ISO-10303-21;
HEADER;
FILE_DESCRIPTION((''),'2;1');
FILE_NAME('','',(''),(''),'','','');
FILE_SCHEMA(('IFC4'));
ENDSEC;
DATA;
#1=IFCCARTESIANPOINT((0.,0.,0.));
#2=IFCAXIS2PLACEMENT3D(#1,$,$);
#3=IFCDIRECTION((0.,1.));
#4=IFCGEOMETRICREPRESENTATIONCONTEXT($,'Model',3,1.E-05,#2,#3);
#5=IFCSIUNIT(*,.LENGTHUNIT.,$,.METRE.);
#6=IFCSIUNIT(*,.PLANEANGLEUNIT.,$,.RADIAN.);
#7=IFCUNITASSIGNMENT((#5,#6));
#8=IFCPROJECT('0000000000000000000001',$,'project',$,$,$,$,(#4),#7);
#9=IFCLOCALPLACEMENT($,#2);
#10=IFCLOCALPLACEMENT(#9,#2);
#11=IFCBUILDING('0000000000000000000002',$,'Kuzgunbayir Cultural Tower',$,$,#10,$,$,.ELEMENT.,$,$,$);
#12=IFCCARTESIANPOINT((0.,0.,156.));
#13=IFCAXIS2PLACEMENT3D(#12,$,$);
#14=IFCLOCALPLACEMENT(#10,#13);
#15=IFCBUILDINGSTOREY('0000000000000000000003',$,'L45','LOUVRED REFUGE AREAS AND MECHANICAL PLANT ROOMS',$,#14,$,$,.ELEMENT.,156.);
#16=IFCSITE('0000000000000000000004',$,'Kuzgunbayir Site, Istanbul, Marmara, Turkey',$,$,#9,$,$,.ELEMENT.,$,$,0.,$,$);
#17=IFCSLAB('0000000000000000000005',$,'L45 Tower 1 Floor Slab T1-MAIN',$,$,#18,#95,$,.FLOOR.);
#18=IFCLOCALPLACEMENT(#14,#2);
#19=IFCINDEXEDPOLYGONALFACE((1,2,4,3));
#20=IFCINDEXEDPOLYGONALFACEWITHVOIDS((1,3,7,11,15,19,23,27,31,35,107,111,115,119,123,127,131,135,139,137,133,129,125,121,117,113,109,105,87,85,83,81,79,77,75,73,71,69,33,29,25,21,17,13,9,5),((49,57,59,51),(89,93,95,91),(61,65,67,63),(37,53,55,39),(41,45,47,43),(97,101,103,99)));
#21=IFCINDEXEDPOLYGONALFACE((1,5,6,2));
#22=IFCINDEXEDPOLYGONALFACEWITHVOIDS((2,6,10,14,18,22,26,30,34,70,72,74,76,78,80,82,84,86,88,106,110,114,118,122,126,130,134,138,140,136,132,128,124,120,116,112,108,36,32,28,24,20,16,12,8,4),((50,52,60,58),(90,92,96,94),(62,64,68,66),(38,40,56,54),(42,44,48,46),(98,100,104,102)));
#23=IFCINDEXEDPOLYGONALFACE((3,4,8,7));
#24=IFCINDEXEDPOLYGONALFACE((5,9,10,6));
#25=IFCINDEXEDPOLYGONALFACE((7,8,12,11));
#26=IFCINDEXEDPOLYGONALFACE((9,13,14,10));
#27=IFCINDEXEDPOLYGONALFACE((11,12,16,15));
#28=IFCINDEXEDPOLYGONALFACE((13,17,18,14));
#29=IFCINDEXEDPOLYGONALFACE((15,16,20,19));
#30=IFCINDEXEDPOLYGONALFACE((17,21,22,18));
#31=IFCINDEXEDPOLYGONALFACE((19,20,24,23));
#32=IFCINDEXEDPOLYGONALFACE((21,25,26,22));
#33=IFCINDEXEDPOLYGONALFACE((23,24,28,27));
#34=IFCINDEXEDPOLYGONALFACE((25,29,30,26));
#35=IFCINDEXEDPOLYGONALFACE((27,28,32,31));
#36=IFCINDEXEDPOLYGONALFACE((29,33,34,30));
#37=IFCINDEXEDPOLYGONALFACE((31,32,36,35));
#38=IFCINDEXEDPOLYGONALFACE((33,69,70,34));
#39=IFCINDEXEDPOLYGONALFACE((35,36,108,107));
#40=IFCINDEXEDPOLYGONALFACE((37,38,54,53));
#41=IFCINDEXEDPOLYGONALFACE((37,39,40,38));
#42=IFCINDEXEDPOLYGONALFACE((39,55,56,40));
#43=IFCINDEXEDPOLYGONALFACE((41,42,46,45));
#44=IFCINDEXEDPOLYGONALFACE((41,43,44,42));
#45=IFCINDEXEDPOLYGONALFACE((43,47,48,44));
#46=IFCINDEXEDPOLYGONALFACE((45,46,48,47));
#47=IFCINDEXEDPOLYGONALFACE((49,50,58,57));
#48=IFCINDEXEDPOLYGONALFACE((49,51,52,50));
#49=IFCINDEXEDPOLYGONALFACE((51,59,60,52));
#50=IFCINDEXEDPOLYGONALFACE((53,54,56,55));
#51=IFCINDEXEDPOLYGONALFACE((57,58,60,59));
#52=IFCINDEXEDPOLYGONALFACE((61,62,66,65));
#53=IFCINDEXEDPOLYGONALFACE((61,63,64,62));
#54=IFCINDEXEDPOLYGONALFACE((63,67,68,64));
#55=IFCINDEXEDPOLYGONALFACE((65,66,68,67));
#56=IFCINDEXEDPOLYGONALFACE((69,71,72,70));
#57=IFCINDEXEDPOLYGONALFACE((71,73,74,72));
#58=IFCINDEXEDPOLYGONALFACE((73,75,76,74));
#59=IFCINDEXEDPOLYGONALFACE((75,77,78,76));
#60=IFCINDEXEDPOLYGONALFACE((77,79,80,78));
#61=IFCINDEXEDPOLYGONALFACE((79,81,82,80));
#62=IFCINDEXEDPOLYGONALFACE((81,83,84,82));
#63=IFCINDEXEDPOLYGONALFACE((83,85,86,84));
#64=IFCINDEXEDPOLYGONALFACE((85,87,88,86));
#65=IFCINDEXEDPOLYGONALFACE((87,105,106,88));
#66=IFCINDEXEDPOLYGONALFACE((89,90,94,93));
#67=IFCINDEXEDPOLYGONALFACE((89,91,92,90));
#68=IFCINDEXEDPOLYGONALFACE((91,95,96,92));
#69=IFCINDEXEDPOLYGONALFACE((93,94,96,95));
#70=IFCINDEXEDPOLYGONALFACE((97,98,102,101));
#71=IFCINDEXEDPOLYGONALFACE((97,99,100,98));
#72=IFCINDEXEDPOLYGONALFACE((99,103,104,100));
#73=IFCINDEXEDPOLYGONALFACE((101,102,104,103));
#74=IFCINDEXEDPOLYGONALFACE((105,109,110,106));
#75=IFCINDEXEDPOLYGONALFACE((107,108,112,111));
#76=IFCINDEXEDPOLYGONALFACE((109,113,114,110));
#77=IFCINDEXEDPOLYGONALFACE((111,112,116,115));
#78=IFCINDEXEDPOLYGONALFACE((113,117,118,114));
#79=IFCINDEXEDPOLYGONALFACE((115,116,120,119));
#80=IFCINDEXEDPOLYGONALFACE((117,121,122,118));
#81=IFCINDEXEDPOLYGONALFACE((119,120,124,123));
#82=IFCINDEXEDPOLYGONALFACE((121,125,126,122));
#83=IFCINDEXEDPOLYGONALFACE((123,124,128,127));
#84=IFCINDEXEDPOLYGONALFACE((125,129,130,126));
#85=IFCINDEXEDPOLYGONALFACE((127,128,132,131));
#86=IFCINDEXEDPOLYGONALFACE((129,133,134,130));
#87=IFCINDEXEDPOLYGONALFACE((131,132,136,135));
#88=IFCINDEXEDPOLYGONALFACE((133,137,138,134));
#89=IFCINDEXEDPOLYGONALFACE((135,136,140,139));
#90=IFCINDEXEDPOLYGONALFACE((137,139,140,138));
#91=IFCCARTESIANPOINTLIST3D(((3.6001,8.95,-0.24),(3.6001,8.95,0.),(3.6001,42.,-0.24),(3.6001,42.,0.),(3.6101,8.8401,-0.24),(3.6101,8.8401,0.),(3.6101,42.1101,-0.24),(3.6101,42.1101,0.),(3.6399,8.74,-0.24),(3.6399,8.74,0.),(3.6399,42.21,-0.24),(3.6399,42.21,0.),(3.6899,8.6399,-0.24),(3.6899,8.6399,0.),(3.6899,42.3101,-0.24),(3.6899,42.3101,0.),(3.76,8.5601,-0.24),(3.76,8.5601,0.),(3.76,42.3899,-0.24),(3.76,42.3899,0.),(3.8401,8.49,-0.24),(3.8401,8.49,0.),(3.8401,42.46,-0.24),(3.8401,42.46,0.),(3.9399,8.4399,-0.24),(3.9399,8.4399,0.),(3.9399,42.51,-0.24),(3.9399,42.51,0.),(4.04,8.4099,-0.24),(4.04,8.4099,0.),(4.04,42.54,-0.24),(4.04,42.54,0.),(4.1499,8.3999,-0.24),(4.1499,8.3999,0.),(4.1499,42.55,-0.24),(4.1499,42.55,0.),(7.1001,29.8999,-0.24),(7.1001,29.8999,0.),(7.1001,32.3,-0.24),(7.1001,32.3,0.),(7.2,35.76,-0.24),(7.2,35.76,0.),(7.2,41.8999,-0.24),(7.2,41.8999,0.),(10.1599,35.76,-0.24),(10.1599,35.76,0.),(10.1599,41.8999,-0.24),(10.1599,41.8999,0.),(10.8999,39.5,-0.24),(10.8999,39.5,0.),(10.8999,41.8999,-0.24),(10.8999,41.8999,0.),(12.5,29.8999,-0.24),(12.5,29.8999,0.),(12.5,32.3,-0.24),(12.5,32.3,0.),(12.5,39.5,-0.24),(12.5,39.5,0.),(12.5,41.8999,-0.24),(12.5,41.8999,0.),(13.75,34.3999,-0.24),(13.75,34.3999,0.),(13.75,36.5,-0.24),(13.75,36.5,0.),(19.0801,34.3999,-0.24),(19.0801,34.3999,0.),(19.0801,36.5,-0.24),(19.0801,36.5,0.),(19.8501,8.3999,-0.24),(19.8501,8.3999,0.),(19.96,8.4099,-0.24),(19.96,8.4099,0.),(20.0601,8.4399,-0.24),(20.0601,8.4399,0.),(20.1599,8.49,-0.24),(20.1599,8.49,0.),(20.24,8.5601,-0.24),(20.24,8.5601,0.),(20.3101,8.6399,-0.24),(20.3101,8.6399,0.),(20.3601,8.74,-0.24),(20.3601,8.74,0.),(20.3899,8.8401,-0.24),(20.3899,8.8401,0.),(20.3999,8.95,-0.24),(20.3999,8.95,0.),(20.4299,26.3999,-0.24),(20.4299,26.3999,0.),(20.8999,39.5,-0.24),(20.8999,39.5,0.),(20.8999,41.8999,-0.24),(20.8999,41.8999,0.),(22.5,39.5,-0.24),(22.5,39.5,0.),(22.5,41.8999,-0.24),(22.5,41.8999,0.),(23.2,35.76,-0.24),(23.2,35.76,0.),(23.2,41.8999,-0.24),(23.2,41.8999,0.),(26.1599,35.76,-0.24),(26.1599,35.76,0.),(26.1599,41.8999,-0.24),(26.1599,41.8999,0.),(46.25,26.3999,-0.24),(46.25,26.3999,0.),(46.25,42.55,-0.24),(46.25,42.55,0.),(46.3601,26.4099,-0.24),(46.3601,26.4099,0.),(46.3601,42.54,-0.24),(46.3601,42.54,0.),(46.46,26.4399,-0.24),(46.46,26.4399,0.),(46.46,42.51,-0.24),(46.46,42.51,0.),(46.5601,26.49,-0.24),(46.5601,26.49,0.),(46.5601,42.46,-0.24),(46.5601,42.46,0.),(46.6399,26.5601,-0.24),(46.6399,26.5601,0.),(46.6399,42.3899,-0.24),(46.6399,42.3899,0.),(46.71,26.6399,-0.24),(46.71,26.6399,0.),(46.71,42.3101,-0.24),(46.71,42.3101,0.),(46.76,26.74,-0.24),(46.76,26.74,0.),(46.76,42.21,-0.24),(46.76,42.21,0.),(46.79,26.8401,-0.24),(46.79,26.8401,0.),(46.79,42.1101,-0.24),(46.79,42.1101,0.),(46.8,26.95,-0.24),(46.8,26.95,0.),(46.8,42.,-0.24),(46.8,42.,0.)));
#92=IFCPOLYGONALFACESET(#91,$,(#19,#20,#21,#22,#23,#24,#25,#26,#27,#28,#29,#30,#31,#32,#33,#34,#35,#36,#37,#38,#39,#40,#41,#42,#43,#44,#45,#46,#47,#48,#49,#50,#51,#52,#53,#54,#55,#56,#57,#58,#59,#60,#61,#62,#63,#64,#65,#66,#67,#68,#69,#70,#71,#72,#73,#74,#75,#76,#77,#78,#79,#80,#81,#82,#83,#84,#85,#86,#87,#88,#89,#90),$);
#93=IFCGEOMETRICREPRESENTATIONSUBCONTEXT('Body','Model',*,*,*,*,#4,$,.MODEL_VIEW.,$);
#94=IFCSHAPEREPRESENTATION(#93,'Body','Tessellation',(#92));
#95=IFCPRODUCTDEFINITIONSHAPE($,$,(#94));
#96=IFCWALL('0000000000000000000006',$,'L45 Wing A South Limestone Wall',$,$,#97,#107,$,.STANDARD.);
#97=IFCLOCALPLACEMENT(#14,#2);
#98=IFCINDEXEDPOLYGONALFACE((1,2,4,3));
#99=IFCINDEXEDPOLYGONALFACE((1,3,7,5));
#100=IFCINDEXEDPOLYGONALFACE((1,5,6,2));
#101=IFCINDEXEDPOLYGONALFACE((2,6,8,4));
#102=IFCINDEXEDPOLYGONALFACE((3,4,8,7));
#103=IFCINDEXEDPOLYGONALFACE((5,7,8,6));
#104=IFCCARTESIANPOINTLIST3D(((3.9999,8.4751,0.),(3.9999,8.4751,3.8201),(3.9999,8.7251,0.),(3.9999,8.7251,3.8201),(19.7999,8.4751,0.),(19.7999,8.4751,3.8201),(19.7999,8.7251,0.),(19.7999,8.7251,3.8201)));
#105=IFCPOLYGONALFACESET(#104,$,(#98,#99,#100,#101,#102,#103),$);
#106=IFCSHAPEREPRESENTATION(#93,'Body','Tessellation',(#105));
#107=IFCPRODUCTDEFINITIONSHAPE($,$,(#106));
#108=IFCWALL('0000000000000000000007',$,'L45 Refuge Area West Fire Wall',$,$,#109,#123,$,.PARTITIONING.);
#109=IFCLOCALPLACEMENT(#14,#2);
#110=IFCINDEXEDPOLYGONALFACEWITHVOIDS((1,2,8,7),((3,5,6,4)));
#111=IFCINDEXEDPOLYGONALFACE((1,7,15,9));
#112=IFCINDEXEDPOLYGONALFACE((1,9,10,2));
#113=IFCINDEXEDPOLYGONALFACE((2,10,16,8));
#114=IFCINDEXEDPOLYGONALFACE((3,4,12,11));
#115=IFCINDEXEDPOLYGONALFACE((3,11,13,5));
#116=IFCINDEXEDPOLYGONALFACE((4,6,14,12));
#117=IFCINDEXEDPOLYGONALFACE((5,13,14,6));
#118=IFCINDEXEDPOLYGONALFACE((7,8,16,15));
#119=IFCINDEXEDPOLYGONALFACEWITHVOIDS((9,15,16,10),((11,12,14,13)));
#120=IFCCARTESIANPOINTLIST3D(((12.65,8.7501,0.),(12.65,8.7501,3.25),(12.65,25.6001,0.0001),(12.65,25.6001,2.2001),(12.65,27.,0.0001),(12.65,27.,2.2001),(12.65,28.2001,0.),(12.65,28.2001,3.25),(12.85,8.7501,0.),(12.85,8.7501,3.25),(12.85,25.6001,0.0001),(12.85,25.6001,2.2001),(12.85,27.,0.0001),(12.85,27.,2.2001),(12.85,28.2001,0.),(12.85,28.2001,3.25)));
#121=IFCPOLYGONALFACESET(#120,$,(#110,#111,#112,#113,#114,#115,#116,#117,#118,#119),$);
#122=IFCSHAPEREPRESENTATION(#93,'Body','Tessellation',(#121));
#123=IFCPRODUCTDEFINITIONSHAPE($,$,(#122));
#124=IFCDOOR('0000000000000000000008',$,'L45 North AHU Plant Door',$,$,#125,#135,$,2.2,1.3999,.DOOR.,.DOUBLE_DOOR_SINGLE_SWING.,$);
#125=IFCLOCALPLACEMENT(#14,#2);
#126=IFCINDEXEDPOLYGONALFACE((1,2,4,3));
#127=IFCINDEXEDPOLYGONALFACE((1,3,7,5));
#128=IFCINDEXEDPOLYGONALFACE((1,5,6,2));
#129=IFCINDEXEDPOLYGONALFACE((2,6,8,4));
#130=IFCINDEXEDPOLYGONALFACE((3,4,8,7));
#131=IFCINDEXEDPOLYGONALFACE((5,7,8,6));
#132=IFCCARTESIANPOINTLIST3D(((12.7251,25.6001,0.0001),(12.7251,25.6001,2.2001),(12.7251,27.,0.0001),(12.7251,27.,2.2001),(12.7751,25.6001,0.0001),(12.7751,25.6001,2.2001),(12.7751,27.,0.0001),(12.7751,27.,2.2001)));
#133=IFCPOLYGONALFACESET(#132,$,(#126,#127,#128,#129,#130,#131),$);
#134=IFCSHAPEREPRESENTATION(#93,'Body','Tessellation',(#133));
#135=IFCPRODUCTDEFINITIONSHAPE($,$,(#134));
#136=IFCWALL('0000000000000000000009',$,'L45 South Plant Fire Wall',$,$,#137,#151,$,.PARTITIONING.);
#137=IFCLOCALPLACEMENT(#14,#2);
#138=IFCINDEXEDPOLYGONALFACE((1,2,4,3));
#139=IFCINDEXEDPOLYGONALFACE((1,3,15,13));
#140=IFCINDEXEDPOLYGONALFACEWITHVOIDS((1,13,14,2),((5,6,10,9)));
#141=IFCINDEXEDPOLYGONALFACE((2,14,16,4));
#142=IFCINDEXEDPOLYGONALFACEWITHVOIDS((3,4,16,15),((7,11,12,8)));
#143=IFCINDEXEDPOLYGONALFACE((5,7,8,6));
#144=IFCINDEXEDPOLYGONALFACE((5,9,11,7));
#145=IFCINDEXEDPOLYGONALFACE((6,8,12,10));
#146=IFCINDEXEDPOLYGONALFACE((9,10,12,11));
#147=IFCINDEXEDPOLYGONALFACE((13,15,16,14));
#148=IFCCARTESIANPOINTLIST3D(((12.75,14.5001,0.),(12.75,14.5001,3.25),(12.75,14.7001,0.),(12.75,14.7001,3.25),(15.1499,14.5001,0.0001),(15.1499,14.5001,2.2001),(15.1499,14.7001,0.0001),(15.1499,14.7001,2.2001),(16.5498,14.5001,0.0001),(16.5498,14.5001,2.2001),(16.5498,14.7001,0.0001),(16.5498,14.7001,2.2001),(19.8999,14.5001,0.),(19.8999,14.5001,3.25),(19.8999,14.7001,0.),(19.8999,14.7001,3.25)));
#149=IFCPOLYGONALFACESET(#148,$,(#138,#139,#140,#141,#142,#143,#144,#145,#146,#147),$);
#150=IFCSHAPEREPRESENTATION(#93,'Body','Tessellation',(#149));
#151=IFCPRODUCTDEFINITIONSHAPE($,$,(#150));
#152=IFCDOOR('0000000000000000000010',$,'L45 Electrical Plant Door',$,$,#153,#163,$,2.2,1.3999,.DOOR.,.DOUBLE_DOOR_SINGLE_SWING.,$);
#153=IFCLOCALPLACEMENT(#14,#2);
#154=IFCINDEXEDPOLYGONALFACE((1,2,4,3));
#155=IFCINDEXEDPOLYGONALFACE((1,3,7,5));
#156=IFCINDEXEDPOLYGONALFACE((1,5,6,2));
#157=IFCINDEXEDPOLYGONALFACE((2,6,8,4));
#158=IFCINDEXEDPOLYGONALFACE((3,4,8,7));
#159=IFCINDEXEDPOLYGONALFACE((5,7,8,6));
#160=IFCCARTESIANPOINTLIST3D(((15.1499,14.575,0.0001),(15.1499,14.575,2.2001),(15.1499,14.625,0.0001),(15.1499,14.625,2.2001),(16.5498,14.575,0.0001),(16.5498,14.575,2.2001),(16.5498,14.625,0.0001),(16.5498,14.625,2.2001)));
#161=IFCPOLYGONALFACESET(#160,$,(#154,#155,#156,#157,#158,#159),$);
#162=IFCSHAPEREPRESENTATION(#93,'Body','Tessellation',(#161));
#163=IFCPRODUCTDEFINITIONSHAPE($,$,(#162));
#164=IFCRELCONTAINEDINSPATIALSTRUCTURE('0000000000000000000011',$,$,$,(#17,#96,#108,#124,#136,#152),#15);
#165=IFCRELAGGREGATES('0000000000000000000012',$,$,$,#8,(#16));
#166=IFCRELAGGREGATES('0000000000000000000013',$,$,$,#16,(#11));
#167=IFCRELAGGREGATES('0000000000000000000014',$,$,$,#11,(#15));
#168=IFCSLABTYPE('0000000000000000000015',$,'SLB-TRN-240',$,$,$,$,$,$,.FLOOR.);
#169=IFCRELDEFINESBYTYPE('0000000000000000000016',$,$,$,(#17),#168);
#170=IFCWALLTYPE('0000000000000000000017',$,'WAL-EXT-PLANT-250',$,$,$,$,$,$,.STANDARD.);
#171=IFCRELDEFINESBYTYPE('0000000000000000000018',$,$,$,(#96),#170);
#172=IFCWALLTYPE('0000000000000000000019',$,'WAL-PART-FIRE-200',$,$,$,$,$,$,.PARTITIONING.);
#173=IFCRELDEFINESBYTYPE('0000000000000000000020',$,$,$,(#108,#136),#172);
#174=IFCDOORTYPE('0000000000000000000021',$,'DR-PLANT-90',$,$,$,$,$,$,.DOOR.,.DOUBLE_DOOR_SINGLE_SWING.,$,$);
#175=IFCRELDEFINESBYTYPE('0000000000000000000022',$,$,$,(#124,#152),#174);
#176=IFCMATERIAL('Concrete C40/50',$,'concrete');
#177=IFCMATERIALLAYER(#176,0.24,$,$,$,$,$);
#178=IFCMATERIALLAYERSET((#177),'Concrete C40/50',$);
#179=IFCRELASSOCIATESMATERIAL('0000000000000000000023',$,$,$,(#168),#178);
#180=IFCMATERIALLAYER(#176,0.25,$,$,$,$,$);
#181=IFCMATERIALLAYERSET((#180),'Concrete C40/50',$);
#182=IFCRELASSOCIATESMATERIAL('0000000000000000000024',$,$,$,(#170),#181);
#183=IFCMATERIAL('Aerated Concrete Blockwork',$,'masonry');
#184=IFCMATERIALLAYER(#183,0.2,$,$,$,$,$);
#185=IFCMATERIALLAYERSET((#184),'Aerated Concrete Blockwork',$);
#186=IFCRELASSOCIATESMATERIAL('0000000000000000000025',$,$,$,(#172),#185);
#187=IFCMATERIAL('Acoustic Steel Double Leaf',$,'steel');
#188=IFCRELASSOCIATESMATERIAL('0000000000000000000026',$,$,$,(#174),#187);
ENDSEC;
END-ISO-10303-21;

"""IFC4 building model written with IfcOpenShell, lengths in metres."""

from ifc_helpers import new_model, si_unit, direction, frame, frame_2d, origin, place, context, subcontext, project, spatial, polyline, rectangle, outline, extrude, material, layer, layer_set, type_object, element, fill, save


model = new_model("IFC4")

# Units and contexts
model_context = context("Model", 3, precision=1e-05, world=origin(), true_north=direction((0.0, 1.0)))
body_context = subcontext(model_context, "Body", "Model", "MODEL_VIEW")
ifc_project = project(units=[si_unit("LENGTHUNIT", "METRE"), si_unit("PLANEANGLEUNIT", "RADIAN")], contexts=[model_context])

# Site, building, storey
site_placement = place(None, origin())
site = spatial("IfcSite", under=ifc_project, at=site_placement, Name="Kuzgunbayir Site, Istanbul, Marmara, Turkey", CompositionType="ELEMENT", RefElevation=0.0)
building_placement = place(site_placement, origin())
building = spatial("IfcBuilding", under=site, at=building_placement, Name="Kuzgunbayir Cultural Tower", CompositionType="ELEMENT")
storey_placement = place(building_placement, frame((0.0, 0.0, 156.0)))
storey = spatial("IfcBuildingStorey", under=building, at=storey_placement, Name="L45", Description="LOUVRED REFUGE AREAS AND MECHANICAL PLANT ROOMS", CompositionType="ELEMENT", Elevation=156.0)

# Shared definitions
ifc_material_1 = material(Name="Concrete C40/50", Category="concrete")

# Slab
ifc_layer_1 = layer(ifc_material_1, 0.24)
ifc_layer_set_1 = layer_set([ifc_layer_1], Name="Concrete C40/50")
slab_type_1 = type_object("IfcSlabType", Name="SLB-TRN-240", PredefinedType="FLOOR", material=ifc_layer_set_1)
slab_1_placement = place(storey_placement, frame((0.0, 0.0, -0.24)))
element("IfcSlab", 1, at=slab_1_placement, inside=storey, type_object=slab_type_1, Name="L45 Tower 1 Floor Slab T1-MAIN", PredefinedType="FLOOR", context=body_context, shape_type="SweptSolid", body=[
    extrude(outline(polyline([(20.3999, 8.95), (20.3899, 8.8401), (20.3601, 8.74), (20.3101, 8.6399), (20.24, 8.5601), (20.1599, 8.49), (20.0601, 8.4399), (19.96, 8.4099), (19.8501, 8.3999), (4.1499, 8.3999), (4.04, 8.4099), (3.9399, 8.4399), (3.8401, 8.49), (3.76, 8.5601), (3.6899, 8.6399), (3.6399, 8.74), (3.6101, 8.8401), (3.6001, 8.95), (3.6001, 42.0), (3.6101, 42.1101), (3.6399, 42.21), (3.6899, 42.3101), (3.76, 42.3899), (3.8401, 42.46), (3.9399, 42.51), (4.04, 42.54), (4.1499, 42.55), (46.25, 42.55), (46.3601, 42.54), (46.46, 42.51), (46.5601, 42.46), (46.6399, 42.3899), (46.71, 42.3101), (46.76, 42.21), (46.79, 42.1101), (46.8, 42.0), (46.8, 26.95), (46.79, 26.8401), (46.76, 26.74), (46.71, 26.6399), (46.6399, 26.5601), (46.5601, 26.49), (46.46, 26.4399), (46.3601, 26.4099), (46.25, 26.3999), (20.4299, 26.3999), (20.3999, 8.95)]), holes=[polyline([(7.2, 35.76), (7.2, 41.8999), (10.1599, 41.8999), (10.1599, 35.76), (7.2, 35.76)]), polyline([(23.2, 35.76), (23.2, 41.8999), (26.1599, 41.8999), (26.1599, 35.76), (23.2, 35.76)]), polyline([(13.75, 34.3999), (13.75, 36.5), (19.0801, 36.5), (19.0801, 34.3999), (13.75, 34.3999)]), polyline([(7.1001, 29.8999), (7.1001, 32.3), (12.5, 32.3), (12.5, 29.8999), (7.1001, 29.8999)]), polyline([(10.8999, 39.5), (10.8999, 41.8999), (12.5, 41.8999), (12.5, 39.5), (10.8999, 39.5)]), polyline([(20.8999, 39.5), (20.8999, 41.8999), (22.5, 41.8999), (22.5, 39.5), (20.8999, 39.5)])]), origin(), (0.0, 0.0, 1.0), 0.24),
])

# Wall
ifc_layer_2 = layer(ifc_material_1, 0.25)
ifc_layer_set_2 = layer_set([ifc_layer_2], Name="Concrete C40/50")
wall_type_1 = type_object("IfcWallType", Name="WAL-EXT-PLANT-250", PredefinedType="STANDARD", material=ifc_layer_set_2)
wall_1_placement = place(storey_placement, frame((4.0, 8.6001, 0.0), z_axis=(0.0, 0.0, 1.0), x_axis=(1.0, 0.0, 0.0)))
element("IfcWall", 2, at=wall_1_placement, inside=storey, type_object=wall_type_1, Name="L45 Wing A South Limestone Wall", PredefinedType="STANDARD", context=body_context, shape_type="SweptSolid", body=[
    extrude(rectangle(XDim=15.8, YDim=0.25, at=frame_2d((7.8999, 0.0))), origin(), (0.0, 0.0, 1.0), 3.8201),
])

# Walls, openings, doors
ifc_material_2 = material(Name="Aerated Concrete Blockwork", Category="masonry")
ifc_layer_3 = layer(ifc_material_2, 0.2)
ifc_layer_set_3 = layer_set([ifc_layer_3], Name="Aerated Concrete Blockwork")
wall_type_2 = type_object("IfcWallType", Name="WAL-PART-FIRE-200", PredefinedType="PARTITIONING", material=ifc_layer_set_3)
wall_2_placement = place(storey_placement, frame((12.75, 8.75, 0.0), z_axis=(0.0, 0.0, 1.0), x_axis=(0.0, 1.0, 0.0)))
wall_2 = element("IfcWall", 3, at=wall_2_placement, inside=storey, type_object=wall_type_2, Name="L45 Refuge Area West Fire Wall", PredefinedType="PARTITIONING", context=body_context, shape_type="SweptSolid", body=[
    extrude(rectangle(XDim=19.45, YDim=0.2, at=frame_2d((9.7251, 0.0))), origin(), (0.0, 0.0, 1.0), 3.25),
])
opening_1_placement = place(wall_2_placement, frame((16.8501, 0.0, 0.0)))
opening_1 = element("IfcOpeningElement", 4, at=opening_1_placement, cuts=wall_2, PredefinedType="OPENING", context=body_context, shape_type="SweptSolid", body=[
    extrude(rectangle(XDim=1.3999, YDim=2.2, at=frame_2d((0.7, 1.1001))), frame((0.0, 0.1099, 0.0), z_axis=(0.0, -1.0, 0.0), x_axis=(1.0, 0.0, 0.0)), (0.0, 0.0, 1.0), 0.22),
])
ifc_material_3 = material(Name="Acoustic Steel Double Leaf", Category="steel")
door_type = type_object("IfcDoorType", Name="DR-PLANT-90", OperationType="DOUBLE_DOOR_SINGLE_SWING", PredefinedType="DOOR", material=ifc_material_3)
door_1_placement = place(opening_1_placement, origin())
door_1 = element("IfcDoor", 5, at=door_1_placement, inside=storey, type_object=door_type, Name="L45 North AHU Plant Door", OperationType="DOUBLE_DOOR_SINGLE_SWING", OverallHeight=2.2, OverallWidth=1.3999, PredefinedType="DOOR", context=body_context, shape_type="SweptSolid", body=[
    extrude(rectangle(XDim=1.3999, YDim=2.2, at=frame_2d((0.7, 1.1001))), frame((0.0, 0.0249, 0.0), z_axis=(0.0, -1.0, 0.0), x_axis=(1.0, 0.0, 0.0)), (0.0, 0.0, 1.0), 0.05),
])
fill(opening_1, door_1)
wall_3_placement = place(storey_placement, frame((12.75, 14.6001, 0.0), z_axis=(0.0, 0.0, 1.0), x_axis=(1.0, 0.0, 0.0)))
wall_3 = element("IfcWall", 6, at=wall_3_placement, inside=storey, type_object=wall_type_2, Name="L45 South Plant Fire Wall", PredefinedType="PARTITIONING", context=body_context, shape_type="SweptSolid", body=[
    extrude(rectangle(XDim=7.1499, YDim=0.2, at=frame_2d((3.575, 0.0))), origin(), (0.0, 0.0, 1.0), 3.25),
])
opening_2_placement = place(wall_3_placement, frame((2.3999, 0.0, 0.0)))
opening_2 = element("IfcOpeningElement", 7, at=opening_2_placement, cuts=wall_3, PredefinedType="OPENING", context=body_context, shape_type="SweptSolid", body=[
    extrude(rectangle(XDim=1.3999, YDim=2.2, at=frame_2d((0.7, 1.1001))), frame((0.0, 0.1099, 0.0), z_axis=(0.0, -1.0, 0.0), x_axis=(1.0, 0.0, 0.0)), (0.0, 0.0, 1.0), 0.22),
])
door_2_placement = place(opening_2_placement, origin())
door_2 = element("IfcDoor", 8, at=door_2_placement, inside=storey, type_object=door_type, Name="L45 Electrical Plant Door", OperationType="DOUBLE_DOOR_SINGLE_SWING", OverallHeight=2.2, OverallWidth=1.3999, PredefinedType="DOOR", context=body_context, shape_type="SweptSolid", body=[
    extrude(rectangle(XDim=1.3999, YDim=2.2, at=frame_2d((0.7, 1.1001))), frame((0.0, 0.0249, 0.0), z_axis=(0.0, -1.0, 0.0), x_axis=(1.0, 0.0, 0.0)), (0.0, 0.0, 1.0), 0.05),
])
fill(opening_2, door_2)

save(model, "model.ifc")
